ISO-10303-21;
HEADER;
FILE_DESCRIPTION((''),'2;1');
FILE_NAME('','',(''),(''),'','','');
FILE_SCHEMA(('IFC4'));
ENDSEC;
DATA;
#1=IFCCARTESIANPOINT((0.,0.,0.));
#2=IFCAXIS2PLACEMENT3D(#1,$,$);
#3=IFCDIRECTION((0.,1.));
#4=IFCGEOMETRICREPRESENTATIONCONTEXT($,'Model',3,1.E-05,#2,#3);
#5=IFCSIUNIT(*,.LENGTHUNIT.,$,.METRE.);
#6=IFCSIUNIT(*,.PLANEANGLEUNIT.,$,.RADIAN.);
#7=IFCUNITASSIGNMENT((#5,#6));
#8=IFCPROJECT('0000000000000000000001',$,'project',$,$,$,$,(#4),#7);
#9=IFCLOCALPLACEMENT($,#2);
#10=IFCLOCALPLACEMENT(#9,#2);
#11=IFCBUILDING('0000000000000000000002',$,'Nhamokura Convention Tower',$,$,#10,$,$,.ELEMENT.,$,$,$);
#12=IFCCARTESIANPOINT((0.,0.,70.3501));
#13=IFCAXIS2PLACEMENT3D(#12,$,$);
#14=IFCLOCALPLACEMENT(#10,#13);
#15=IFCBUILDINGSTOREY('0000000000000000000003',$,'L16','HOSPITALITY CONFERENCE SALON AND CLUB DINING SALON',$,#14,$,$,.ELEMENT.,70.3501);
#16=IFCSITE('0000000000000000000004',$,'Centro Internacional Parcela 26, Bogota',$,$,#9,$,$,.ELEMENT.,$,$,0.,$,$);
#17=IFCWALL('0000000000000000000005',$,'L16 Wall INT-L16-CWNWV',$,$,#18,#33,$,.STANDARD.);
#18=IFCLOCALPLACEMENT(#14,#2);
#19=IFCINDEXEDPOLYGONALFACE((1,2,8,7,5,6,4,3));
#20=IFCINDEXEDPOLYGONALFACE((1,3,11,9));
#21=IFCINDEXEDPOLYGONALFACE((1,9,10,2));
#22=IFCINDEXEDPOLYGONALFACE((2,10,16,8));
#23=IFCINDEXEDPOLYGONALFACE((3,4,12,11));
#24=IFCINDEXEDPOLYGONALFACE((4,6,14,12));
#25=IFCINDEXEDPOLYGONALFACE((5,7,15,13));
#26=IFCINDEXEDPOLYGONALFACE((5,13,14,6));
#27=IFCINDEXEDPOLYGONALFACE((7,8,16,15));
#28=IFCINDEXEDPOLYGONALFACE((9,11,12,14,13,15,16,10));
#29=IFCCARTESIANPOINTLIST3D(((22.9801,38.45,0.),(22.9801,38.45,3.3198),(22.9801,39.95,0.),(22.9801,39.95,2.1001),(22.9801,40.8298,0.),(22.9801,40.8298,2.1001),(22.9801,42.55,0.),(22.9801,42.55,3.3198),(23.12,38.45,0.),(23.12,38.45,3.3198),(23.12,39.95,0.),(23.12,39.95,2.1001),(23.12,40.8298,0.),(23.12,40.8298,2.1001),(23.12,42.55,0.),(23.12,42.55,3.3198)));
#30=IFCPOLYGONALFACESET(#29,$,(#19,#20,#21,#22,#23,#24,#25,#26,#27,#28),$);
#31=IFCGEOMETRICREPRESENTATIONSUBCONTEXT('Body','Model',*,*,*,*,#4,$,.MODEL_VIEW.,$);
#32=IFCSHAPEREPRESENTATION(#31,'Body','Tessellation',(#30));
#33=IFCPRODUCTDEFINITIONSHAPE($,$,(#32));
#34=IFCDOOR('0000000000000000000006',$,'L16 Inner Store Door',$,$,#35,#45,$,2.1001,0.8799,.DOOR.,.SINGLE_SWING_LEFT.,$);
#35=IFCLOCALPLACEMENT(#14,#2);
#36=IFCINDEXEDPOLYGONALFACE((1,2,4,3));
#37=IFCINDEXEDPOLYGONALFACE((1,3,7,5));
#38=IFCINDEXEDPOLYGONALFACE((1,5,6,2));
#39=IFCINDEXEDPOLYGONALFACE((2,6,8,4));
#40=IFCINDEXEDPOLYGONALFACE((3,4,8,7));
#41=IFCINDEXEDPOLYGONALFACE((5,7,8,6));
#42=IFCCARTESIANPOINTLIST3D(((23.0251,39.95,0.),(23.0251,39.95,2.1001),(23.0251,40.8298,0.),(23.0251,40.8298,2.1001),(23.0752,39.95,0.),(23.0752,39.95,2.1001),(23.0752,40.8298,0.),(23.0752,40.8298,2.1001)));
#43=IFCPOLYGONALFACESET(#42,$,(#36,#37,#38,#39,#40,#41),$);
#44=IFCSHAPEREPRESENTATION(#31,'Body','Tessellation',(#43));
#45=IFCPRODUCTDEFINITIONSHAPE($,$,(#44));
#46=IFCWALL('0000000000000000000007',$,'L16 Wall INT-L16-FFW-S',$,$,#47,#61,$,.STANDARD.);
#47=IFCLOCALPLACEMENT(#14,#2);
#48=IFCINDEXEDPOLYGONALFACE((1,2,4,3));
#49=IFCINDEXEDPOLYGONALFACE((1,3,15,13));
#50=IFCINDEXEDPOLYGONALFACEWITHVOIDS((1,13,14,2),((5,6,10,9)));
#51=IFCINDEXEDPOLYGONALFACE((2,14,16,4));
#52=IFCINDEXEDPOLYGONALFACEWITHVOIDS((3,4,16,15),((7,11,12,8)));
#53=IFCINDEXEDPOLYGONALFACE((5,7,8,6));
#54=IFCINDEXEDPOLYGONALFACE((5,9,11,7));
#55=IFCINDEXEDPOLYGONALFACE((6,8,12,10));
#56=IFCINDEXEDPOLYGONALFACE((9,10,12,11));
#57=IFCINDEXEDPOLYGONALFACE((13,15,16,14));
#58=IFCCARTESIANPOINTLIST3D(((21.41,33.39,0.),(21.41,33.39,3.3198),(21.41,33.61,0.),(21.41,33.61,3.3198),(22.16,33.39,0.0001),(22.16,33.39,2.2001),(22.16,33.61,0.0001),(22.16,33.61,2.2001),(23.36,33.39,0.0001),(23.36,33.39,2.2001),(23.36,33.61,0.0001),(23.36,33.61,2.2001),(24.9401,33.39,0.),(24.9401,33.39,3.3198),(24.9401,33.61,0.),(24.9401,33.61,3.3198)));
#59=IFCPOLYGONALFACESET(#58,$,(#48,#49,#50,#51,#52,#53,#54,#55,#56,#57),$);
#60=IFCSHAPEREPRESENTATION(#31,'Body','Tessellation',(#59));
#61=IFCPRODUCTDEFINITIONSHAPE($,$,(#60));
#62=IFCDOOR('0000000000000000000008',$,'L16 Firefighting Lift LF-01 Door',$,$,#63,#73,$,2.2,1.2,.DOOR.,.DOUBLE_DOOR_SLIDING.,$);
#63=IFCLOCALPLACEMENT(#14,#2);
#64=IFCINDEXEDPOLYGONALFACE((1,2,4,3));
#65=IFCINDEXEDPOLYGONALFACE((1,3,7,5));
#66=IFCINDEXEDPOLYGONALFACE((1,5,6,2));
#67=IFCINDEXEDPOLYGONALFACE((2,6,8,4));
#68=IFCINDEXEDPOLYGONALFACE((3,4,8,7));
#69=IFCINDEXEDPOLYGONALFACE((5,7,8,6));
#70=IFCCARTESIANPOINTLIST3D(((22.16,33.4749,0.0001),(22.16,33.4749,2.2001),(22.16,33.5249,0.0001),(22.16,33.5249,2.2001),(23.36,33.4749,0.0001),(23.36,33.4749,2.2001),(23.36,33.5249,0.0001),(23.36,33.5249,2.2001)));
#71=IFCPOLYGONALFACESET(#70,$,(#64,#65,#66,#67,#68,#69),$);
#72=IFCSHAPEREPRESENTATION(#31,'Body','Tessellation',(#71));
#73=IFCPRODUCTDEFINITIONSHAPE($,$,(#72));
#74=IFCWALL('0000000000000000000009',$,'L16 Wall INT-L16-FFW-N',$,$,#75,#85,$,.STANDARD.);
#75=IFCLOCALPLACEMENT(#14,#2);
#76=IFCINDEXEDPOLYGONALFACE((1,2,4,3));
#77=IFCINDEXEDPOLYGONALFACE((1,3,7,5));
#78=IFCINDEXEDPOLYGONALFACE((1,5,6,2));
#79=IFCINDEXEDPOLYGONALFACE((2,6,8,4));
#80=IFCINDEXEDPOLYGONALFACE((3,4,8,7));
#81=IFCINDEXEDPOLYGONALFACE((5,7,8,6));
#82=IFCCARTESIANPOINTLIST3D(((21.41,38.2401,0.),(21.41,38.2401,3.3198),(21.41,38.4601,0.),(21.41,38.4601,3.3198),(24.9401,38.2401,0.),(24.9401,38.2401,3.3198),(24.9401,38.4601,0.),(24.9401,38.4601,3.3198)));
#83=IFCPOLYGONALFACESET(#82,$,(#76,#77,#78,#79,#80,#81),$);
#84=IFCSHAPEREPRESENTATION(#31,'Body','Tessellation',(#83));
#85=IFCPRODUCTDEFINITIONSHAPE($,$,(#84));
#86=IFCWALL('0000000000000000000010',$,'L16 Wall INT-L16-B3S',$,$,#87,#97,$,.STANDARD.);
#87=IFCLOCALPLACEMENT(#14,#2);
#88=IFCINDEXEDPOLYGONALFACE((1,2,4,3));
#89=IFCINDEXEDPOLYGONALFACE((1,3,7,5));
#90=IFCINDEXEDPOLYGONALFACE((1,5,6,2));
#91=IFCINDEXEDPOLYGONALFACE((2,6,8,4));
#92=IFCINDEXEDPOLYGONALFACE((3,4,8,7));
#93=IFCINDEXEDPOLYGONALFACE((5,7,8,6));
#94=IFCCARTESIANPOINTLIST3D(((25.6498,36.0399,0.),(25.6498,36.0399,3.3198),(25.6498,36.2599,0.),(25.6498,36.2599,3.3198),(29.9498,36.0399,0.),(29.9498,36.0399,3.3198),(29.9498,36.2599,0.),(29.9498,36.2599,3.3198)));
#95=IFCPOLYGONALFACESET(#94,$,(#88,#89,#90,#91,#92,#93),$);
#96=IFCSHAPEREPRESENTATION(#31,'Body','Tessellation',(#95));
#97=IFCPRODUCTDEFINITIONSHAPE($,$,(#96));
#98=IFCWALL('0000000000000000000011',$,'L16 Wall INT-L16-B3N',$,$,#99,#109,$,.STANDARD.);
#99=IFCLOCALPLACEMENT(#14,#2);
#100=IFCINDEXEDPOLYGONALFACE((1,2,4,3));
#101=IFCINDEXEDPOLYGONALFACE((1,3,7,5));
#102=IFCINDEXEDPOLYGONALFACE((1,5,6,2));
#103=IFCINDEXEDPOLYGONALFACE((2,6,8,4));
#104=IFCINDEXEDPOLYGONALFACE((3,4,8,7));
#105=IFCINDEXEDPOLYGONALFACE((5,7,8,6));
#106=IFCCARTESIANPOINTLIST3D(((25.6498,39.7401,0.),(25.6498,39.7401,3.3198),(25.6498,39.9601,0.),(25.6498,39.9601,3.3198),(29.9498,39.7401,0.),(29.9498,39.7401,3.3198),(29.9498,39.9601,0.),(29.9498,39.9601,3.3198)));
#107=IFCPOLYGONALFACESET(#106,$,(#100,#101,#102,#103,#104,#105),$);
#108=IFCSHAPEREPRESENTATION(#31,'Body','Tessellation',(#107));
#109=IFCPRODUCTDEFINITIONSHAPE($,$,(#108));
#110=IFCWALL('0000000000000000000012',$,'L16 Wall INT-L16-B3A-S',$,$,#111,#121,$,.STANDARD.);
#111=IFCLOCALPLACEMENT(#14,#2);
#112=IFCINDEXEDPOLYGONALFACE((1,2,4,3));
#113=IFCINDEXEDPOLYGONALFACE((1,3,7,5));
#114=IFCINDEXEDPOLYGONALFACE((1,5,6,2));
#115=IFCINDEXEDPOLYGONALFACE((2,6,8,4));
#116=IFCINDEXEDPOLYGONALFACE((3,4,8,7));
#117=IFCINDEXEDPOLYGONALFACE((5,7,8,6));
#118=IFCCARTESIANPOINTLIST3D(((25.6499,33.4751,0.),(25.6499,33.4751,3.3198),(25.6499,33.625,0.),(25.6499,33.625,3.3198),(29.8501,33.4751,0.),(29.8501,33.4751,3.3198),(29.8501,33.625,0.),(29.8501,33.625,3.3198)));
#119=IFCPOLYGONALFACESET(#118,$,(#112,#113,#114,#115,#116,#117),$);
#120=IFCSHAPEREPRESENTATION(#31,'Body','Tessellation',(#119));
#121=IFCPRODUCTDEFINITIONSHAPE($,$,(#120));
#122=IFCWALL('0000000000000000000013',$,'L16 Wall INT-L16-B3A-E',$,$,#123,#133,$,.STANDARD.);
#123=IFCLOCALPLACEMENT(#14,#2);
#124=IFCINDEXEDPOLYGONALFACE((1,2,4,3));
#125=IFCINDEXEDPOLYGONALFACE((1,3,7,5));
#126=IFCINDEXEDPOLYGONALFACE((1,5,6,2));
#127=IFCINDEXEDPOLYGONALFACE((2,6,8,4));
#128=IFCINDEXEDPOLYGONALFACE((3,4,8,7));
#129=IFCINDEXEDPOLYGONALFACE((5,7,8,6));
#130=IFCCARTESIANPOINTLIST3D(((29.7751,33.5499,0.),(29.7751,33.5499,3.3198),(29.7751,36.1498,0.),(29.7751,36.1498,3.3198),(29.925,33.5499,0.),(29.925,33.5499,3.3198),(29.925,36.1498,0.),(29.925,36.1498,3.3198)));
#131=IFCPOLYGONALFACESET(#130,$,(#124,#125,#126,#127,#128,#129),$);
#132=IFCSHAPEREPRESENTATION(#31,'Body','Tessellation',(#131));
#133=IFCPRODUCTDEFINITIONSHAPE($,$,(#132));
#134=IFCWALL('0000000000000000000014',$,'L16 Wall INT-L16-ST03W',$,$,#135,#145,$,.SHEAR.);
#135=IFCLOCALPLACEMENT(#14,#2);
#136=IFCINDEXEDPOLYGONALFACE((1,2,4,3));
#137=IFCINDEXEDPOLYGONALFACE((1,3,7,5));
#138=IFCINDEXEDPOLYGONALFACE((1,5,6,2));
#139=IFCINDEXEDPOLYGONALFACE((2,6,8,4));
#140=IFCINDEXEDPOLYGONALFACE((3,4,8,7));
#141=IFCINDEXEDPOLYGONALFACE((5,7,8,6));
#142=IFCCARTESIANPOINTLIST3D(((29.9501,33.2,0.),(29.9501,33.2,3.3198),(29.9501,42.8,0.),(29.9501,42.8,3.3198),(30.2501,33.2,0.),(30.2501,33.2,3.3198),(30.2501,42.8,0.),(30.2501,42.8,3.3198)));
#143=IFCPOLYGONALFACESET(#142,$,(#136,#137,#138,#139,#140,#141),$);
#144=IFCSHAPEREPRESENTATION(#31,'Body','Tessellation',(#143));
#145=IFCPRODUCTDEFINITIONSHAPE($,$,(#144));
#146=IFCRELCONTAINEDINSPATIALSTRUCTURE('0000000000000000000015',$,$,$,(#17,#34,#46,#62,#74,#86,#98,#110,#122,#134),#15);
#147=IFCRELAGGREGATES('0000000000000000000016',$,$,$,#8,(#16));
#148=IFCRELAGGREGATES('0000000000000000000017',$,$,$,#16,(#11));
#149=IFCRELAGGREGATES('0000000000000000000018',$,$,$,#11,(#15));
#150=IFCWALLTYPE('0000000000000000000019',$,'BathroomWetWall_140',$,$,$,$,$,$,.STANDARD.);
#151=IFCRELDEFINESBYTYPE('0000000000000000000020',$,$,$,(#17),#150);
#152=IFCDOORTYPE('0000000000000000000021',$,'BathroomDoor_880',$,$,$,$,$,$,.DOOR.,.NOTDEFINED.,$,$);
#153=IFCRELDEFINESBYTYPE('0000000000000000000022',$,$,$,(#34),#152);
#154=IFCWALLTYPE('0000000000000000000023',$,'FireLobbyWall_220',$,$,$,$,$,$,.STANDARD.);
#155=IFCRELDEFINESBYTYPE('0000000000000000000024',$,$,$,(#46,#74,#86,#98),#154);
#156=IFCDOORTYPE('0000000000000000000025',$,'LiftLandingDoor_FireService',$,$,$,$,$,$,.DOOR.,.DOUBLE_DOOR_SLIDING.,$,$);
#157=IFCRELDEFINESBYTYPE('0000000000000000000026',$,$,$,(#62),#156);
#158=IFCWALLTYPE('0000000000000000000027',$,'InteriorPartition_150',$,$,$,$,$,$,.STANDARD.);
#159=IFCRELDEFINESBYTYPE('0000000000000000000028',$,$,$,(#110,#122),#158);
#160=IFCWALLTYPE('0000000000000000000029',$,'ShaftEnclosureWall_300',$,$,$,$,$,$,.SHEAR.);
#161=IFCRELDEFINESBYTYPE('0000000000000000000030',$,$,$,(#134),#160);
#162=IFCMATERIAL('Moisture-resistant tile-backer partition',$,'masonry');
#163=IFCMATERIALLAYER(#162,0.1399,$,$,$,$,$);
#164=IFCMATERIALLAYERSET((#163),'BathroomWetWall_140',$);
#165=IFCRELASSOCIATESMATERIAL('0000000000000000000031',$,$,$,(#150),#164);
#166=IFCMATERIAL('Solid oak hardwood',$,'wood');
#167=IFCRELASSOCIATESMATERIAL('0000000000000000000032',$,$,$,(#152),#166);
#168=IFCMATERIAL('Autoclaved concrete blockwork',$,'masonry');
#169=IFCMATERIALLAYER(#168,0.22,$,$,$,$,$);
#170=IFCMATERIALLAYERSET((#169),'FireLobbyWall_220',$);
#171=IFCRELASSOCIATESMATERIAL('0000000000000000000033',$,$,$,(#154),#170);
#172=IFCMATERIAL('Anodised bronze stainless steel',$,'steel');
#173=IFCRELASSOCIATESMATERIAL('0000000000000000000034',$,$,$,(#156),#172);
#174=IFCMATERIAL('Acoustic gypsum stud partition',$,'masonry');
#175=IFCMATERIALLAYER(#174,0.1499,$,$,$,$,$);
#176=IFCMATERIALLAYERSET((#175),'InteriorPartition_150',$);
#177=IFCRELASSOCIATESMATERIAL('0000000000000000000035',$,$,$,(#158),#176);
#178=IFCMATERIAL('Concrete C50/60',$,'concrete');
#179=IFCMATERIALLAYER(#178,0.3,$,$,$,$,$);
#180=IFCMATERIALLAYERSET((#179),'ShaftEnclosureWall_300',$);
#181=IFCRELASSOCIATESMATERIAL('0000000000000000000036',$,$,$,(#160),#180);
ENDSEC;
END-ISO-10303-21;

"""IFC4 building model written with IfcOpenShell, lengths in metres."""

from ifc_helpers import new_model, si_unit, direction, frame, frame_2d, origin, place, context, subcontext, project, spatial, rectangle, extrude, material, layer, layer_set, type_object, element, fill, save


model = new_model("IFC4")

# Units and contexts
model_context = context("Model", 3, precision=1e-05, world=origin(), true_north=direction((0.0, 1.0)))
body_context = subcontext(model_context, "Body", "Model", "MODEL_VIEW")
ifc_project = project(units=[si_unit("LENGTHUNIT", "METRE"), si_unit("PLANEANGLEUNIT", "RADIAN")], contexts=[model_context])

# Site, building, storey
site_placement = place(None, origin())
site = spatial("IfcSite", under=ifc_project, at=site_placement, Name="Centro Internacional Parcela 26, Bogota", CompositionType="ELEMENT", RefElevation=0.0)
building_placement = place(site_placement, origin())
building = spatial("IfcBuilding", under=site, at=building_placement, Name="Nhamokura Convention Tower", CompositionType="ELEMENT")
storey_placement = place(building_placement, frame((0.0, 0.0, 70.3501)))
storey = spatial("IfcBuildingStorey", under=building, at=storey_placement, Name="L16", Description="HOSPITALITY CONFERENCE SALON AND CLUB DINING SALON", CompositionType="ELEMENT", Elevation=70.3501)

# Walls, openings, doors
ifc_material_1 = material(Name="Moisture-resistant tile-backer partition", Category="masonry")
ifc_layer_1 = layer(ifc_material_1, 0.1399)
ifc_layer_set_1 = layer_set([ifc_layer_1], Name="BathroomWetWall_140")
wall_type_1 = type_object("IfcWallType", Name="BathroomWetWall_140", PredefinedType="STANDARD", material=ifc_layer_set_1)
wall_1_placement = place(storey_placement, frame((23.05, 38.45, 0.0), z_axis=(0.0, 0.0, 1.0), x_axis=(0.0, 1.0, 0.0)))
wall_1 = element("IfcWall", 1, at=wall_1_placement, inside=storey, type_object=wall_type_1, Name="L16 Wall INT-L16-CWNWV", PredefinedType="STANDARD", context=body_context, shape_type="SweptSolid", body=[
    extrude(rectangle(XDim=4.1001, YDim=0.1399, at=frame_2d((2.05, 0.0))), origin(), (0.0, 0.0, 1.0), 3.3198),
])
opening_1_placement = place(wall_1_placement, frame((1.5, 0.0, 0.0)))
opening_1 = element("IfcOpeningElement", 2, at=opening_1_placement, cuts=wall_1, PredefinedType="OPENING", context=body_context, shape_type="SweptSolid", body=[
    extrude(rectangle(XDim=0.8799, YDim=2.1001, at=frame_2d((0.4399, 1.05))), frame((0.0, 0.0798, 0.0), z_axis=(0.0, -1.0, 0.0), x_axis=(1.0, 0.0, 0.0)), (0.0, 0.0, 1.0), 0.1599),
])
ifc_material_2 = material(Name="Solid oak hardwood", Category="wood")
door_type_1 = type_object("IfcDoorType", Name="BathroomDoor_880", OperationType="NOTDEFINED", PredefinedType="DOOR", material=ifc_material_2)
door_1_placement = place(opening_1_placement, origin())
door_1 = element("IfcDoor", 3, at=door_1_placement, inside=storey, type_object=door_type_1, Name="L16 Inner Store Door", OperationType="SINGLE_SWING_LEFT", OverallHeight=2.1001, OverallWidth=0.8799, PredefinedType="DOOR", context=body_context, shape_type="SweptSolid", body=[
    extrude(rectangle(XDim=0.8799, YDim=2.1001, at=frame_2d((0.4399, 1.05))), frame((0.0, 0.0249, 0.0), z_axis=(0.0, -1.0, 0.0), x_axis=(1.0, 0.0, 0.0)), (0.0, 0.0, 1.0), 0.05),
])
fill(opening_1, door_1)
ifc_material_3 = material(Name="Autoclaved concrete blockwork", Category="masonry")
ifc_layer_2 = layer(ifc_material_3, 0.22)
ifc_layer_set_2 = layer_set([ifc_layer_2], Name="FireLobbyWall_220")
wall_type_2 = type_object("IfcWallType", Name="FireLobbyWall_220", PredefinedType="STANDARD", material=ifc_layer_set_2)
wall_2_placement = place(storey_placement, frame((21.4099, 33.5, 0.0), z_axis=(0.0, 0.0, 1.0), x_axis=(1.0, 0.0, 0.0)))
wall_2 = element("IfcWall", 4, at=wall_2_placement, inside=storey, type_object=wall_type_2, Name="L16 Wall INT-L16-FFW-S", PredefinedType="STANDARD", context=body_context, shape_type="SweptSolid", body=[
    extrude(rectangle(XDim=3.53, YDim=0.22, at=frame_2d((1.7651, 0.0))), origin(), (0.0, 0.0, 1.0), 3.3198),
])
opening_2_placement = place(wall_2_placement, frame((0.75, 0.0, 0.0)))
opening_2 = element("IfcOpeningElement", 5, at=opening_2_placement, cuts=wall_2, PredefinedType="OPENING", context=body_context, shape_type="SweptSolid", body=[
    extrude(rectangle(XDim=1.2, YDim=2.2, at=frame_2d((0.6001, 1.1001))), frame((0.0, 0.1199, 0.0), z_axis=(0.0, -1.0, 0.0), x_axis=(1.0, 0.0, 0.0)), (0.0, 0.0, 1.0), 0.24),
])
ifc_material_4 = material(Name="Anodised bronze stainless steel", Category="steel")
door_type_2 = type_object("IfcDoorType", Name="LiftLandingDoor_FireService", OperationType="DOUBLE_DOOR_SLIDING", PredefinedType="DOOR", material=ifc_material_4)
door_2_placement = place(opening_2_placement, origin())
door_2 = element("IfcDoor", 6, at=door_2_placement, inside=storey, type_object=door_type_2, Name="L16 Firefighting Lift LF-01 Door", OperationType="DOUBLE_DOOR_SLIDING", OverallHeight=2.2, OverallWidth=1.2, PredefinedType="DOOR", context=body_context, shape_type="SweptSolid", body=[
    extrude(rectangle(XDim=1.2, YDim=2.2, at=frame_2d((0.6001, 1.1001))), frame((0.0, 0.0249, 0.0), z_axis=(0.0, -1.0, 0.0), x_axis=(1.0, 0.0, 0.0)), (0.0, 0.0, 1.0), 0.05),
])
fill(opening_2, door_2)

# Walls
wall_3_placement = place(storey_placement, frame((21.4099, 38.3501, 0.0), z_axis=(0.0, 0.0, 1.0), x_axis=(1.0, 0.0, 0.0)))
element("IfcWall", 7, at=wall_3_placement, inside=storey, type_object=wall_type_2, Name="L16 Wall INT-L16-FFW-N", PredefinedType="STANDARD", context=body_context, shape_type="SweptSolid", body=[
    extrude(rectangle(XDim=3.53, YDim=0.22, at=frame_2d((1.7651, 0.0))), origin(), (0.0, 0.0, 1.0), 3.3198),
])
for number, where, z_axis, x_axis, name in (
    (8, (25.6499, 36.1499, 0.0), (0.0, 0.0, 1.0), (1.0, 0.0, 0.0), "L16 Wall INT-L16-B3S"),
    (9, (25.6499, 39.8501, 0.0), (0.0, 0.0, 1.0), (1.0, 0.0, 0.0), "L16 Wall INT-L16-B3N"),
):
    element("IfcWall", number, at=place(storey_placement, frame(where, z_axis=z_axis, x_axis=x_axis)), inside=storey, type_object=wall_type_2, Name=name, PredefinedType="STANDARD", context=body_context, shape_type="SweptSolid", body=[
        extrude(rectangle(XDim=4.3, YDim=0.22, at=frame_2d((2.1499, 0.0))), origin(), (0.0, 0.0, 1.0), 3.3198),
    ])
ifc_material_5 = material(Name="Acoustic gypsum stud partition", Category="masonry")
ifc_layer_3 = layer(ifc_material_5, 0.1499)
ifc_layer_set_3 = layer_set([ifc_layer_3], Name="InteriorPartition_150")
wall_type_3 = type_object("IfcWallType", Name="InteriorPartition_150", PredefinedType="STANDARD", material=ifc_layer_set_3)
wall_4_placement = place(storey_placement, frame((25.6499, 33.55, 0.0), z_axis=(0.0, 0.0, 1.0), x_axis=(1.0, 0.0, 0.0)))
element("IfcWall", 10, at=wall_4_placement, inside=storey, type_object=wall_type_3, Name="L16 Wall INT-L16-B3A-S", PredefinedType="STANDARD", context=body_context, shape_type="SweptSolid", body=[
    extrude(rectangle(XDim=4.2002, YDim=0.1499, at=frame_2d((2.1001, 0.0))), origin(), (0.0, 0.0, 1.0), 3.3198),
])
wall_5_placement = place(storey_placement, frame((29.8501, 33.55, 0.0), z_axis=(0.0, 0.0, 1.0), x_axis=(0.0, 1.0, 0.0)))
element("IfcWall", 11, at=wall_5_placement, inside=storey, type_object=wall_type_3, Name="L16 Wall INT-L16-B3A-E", PredefinedType="STANDARD", context=body_context, shape_type="SweptSolid", body=[
    extrude(rectangle(XDim=2.5999, YDim=0.1499, at=frame_2d((1.2998, 0.0))), origin(), (0.0, 0.0, 1.0), 3.3198),
])
ifc_material_6 = material(Name="Concrete C50/60", Category="concrete")
ifc_layer_4 = layer(ifc_material_6, 0.3)
ifc_layer_set_4 = layer_set([ifc_layer_4], Name="ShaftEnclosureWall_300")
wall_type_4 = type_object("IfcWallType", Name="ShaftEnclosureWall_300", PredefinedType="SHEAR", material=ifc_layer_set_4)
wall_6_placement = place(storey_placement, frame((30.1001, 33.2, 0.0), z_axis=(0.0, 0.0, 1.0), x_axis=(0.0, 1.0, 0.0)))
element("IfcWall", 12, at=wall_6_placement, inside=storey, type_object=wall_type_4, Name="L16 Wall INT-L16-ST03W", PredefinedType="SHEAR", context=body_context, shape_type="SweptSolid", body=[
    extrude(rectangle(XDim=9.6001, YDim=0.3, at=frame_2d((4.8, 0.0))), origin(), (0.0, 0.0, 1.0), 3.3198),
])

save(model, "model.ifc")
